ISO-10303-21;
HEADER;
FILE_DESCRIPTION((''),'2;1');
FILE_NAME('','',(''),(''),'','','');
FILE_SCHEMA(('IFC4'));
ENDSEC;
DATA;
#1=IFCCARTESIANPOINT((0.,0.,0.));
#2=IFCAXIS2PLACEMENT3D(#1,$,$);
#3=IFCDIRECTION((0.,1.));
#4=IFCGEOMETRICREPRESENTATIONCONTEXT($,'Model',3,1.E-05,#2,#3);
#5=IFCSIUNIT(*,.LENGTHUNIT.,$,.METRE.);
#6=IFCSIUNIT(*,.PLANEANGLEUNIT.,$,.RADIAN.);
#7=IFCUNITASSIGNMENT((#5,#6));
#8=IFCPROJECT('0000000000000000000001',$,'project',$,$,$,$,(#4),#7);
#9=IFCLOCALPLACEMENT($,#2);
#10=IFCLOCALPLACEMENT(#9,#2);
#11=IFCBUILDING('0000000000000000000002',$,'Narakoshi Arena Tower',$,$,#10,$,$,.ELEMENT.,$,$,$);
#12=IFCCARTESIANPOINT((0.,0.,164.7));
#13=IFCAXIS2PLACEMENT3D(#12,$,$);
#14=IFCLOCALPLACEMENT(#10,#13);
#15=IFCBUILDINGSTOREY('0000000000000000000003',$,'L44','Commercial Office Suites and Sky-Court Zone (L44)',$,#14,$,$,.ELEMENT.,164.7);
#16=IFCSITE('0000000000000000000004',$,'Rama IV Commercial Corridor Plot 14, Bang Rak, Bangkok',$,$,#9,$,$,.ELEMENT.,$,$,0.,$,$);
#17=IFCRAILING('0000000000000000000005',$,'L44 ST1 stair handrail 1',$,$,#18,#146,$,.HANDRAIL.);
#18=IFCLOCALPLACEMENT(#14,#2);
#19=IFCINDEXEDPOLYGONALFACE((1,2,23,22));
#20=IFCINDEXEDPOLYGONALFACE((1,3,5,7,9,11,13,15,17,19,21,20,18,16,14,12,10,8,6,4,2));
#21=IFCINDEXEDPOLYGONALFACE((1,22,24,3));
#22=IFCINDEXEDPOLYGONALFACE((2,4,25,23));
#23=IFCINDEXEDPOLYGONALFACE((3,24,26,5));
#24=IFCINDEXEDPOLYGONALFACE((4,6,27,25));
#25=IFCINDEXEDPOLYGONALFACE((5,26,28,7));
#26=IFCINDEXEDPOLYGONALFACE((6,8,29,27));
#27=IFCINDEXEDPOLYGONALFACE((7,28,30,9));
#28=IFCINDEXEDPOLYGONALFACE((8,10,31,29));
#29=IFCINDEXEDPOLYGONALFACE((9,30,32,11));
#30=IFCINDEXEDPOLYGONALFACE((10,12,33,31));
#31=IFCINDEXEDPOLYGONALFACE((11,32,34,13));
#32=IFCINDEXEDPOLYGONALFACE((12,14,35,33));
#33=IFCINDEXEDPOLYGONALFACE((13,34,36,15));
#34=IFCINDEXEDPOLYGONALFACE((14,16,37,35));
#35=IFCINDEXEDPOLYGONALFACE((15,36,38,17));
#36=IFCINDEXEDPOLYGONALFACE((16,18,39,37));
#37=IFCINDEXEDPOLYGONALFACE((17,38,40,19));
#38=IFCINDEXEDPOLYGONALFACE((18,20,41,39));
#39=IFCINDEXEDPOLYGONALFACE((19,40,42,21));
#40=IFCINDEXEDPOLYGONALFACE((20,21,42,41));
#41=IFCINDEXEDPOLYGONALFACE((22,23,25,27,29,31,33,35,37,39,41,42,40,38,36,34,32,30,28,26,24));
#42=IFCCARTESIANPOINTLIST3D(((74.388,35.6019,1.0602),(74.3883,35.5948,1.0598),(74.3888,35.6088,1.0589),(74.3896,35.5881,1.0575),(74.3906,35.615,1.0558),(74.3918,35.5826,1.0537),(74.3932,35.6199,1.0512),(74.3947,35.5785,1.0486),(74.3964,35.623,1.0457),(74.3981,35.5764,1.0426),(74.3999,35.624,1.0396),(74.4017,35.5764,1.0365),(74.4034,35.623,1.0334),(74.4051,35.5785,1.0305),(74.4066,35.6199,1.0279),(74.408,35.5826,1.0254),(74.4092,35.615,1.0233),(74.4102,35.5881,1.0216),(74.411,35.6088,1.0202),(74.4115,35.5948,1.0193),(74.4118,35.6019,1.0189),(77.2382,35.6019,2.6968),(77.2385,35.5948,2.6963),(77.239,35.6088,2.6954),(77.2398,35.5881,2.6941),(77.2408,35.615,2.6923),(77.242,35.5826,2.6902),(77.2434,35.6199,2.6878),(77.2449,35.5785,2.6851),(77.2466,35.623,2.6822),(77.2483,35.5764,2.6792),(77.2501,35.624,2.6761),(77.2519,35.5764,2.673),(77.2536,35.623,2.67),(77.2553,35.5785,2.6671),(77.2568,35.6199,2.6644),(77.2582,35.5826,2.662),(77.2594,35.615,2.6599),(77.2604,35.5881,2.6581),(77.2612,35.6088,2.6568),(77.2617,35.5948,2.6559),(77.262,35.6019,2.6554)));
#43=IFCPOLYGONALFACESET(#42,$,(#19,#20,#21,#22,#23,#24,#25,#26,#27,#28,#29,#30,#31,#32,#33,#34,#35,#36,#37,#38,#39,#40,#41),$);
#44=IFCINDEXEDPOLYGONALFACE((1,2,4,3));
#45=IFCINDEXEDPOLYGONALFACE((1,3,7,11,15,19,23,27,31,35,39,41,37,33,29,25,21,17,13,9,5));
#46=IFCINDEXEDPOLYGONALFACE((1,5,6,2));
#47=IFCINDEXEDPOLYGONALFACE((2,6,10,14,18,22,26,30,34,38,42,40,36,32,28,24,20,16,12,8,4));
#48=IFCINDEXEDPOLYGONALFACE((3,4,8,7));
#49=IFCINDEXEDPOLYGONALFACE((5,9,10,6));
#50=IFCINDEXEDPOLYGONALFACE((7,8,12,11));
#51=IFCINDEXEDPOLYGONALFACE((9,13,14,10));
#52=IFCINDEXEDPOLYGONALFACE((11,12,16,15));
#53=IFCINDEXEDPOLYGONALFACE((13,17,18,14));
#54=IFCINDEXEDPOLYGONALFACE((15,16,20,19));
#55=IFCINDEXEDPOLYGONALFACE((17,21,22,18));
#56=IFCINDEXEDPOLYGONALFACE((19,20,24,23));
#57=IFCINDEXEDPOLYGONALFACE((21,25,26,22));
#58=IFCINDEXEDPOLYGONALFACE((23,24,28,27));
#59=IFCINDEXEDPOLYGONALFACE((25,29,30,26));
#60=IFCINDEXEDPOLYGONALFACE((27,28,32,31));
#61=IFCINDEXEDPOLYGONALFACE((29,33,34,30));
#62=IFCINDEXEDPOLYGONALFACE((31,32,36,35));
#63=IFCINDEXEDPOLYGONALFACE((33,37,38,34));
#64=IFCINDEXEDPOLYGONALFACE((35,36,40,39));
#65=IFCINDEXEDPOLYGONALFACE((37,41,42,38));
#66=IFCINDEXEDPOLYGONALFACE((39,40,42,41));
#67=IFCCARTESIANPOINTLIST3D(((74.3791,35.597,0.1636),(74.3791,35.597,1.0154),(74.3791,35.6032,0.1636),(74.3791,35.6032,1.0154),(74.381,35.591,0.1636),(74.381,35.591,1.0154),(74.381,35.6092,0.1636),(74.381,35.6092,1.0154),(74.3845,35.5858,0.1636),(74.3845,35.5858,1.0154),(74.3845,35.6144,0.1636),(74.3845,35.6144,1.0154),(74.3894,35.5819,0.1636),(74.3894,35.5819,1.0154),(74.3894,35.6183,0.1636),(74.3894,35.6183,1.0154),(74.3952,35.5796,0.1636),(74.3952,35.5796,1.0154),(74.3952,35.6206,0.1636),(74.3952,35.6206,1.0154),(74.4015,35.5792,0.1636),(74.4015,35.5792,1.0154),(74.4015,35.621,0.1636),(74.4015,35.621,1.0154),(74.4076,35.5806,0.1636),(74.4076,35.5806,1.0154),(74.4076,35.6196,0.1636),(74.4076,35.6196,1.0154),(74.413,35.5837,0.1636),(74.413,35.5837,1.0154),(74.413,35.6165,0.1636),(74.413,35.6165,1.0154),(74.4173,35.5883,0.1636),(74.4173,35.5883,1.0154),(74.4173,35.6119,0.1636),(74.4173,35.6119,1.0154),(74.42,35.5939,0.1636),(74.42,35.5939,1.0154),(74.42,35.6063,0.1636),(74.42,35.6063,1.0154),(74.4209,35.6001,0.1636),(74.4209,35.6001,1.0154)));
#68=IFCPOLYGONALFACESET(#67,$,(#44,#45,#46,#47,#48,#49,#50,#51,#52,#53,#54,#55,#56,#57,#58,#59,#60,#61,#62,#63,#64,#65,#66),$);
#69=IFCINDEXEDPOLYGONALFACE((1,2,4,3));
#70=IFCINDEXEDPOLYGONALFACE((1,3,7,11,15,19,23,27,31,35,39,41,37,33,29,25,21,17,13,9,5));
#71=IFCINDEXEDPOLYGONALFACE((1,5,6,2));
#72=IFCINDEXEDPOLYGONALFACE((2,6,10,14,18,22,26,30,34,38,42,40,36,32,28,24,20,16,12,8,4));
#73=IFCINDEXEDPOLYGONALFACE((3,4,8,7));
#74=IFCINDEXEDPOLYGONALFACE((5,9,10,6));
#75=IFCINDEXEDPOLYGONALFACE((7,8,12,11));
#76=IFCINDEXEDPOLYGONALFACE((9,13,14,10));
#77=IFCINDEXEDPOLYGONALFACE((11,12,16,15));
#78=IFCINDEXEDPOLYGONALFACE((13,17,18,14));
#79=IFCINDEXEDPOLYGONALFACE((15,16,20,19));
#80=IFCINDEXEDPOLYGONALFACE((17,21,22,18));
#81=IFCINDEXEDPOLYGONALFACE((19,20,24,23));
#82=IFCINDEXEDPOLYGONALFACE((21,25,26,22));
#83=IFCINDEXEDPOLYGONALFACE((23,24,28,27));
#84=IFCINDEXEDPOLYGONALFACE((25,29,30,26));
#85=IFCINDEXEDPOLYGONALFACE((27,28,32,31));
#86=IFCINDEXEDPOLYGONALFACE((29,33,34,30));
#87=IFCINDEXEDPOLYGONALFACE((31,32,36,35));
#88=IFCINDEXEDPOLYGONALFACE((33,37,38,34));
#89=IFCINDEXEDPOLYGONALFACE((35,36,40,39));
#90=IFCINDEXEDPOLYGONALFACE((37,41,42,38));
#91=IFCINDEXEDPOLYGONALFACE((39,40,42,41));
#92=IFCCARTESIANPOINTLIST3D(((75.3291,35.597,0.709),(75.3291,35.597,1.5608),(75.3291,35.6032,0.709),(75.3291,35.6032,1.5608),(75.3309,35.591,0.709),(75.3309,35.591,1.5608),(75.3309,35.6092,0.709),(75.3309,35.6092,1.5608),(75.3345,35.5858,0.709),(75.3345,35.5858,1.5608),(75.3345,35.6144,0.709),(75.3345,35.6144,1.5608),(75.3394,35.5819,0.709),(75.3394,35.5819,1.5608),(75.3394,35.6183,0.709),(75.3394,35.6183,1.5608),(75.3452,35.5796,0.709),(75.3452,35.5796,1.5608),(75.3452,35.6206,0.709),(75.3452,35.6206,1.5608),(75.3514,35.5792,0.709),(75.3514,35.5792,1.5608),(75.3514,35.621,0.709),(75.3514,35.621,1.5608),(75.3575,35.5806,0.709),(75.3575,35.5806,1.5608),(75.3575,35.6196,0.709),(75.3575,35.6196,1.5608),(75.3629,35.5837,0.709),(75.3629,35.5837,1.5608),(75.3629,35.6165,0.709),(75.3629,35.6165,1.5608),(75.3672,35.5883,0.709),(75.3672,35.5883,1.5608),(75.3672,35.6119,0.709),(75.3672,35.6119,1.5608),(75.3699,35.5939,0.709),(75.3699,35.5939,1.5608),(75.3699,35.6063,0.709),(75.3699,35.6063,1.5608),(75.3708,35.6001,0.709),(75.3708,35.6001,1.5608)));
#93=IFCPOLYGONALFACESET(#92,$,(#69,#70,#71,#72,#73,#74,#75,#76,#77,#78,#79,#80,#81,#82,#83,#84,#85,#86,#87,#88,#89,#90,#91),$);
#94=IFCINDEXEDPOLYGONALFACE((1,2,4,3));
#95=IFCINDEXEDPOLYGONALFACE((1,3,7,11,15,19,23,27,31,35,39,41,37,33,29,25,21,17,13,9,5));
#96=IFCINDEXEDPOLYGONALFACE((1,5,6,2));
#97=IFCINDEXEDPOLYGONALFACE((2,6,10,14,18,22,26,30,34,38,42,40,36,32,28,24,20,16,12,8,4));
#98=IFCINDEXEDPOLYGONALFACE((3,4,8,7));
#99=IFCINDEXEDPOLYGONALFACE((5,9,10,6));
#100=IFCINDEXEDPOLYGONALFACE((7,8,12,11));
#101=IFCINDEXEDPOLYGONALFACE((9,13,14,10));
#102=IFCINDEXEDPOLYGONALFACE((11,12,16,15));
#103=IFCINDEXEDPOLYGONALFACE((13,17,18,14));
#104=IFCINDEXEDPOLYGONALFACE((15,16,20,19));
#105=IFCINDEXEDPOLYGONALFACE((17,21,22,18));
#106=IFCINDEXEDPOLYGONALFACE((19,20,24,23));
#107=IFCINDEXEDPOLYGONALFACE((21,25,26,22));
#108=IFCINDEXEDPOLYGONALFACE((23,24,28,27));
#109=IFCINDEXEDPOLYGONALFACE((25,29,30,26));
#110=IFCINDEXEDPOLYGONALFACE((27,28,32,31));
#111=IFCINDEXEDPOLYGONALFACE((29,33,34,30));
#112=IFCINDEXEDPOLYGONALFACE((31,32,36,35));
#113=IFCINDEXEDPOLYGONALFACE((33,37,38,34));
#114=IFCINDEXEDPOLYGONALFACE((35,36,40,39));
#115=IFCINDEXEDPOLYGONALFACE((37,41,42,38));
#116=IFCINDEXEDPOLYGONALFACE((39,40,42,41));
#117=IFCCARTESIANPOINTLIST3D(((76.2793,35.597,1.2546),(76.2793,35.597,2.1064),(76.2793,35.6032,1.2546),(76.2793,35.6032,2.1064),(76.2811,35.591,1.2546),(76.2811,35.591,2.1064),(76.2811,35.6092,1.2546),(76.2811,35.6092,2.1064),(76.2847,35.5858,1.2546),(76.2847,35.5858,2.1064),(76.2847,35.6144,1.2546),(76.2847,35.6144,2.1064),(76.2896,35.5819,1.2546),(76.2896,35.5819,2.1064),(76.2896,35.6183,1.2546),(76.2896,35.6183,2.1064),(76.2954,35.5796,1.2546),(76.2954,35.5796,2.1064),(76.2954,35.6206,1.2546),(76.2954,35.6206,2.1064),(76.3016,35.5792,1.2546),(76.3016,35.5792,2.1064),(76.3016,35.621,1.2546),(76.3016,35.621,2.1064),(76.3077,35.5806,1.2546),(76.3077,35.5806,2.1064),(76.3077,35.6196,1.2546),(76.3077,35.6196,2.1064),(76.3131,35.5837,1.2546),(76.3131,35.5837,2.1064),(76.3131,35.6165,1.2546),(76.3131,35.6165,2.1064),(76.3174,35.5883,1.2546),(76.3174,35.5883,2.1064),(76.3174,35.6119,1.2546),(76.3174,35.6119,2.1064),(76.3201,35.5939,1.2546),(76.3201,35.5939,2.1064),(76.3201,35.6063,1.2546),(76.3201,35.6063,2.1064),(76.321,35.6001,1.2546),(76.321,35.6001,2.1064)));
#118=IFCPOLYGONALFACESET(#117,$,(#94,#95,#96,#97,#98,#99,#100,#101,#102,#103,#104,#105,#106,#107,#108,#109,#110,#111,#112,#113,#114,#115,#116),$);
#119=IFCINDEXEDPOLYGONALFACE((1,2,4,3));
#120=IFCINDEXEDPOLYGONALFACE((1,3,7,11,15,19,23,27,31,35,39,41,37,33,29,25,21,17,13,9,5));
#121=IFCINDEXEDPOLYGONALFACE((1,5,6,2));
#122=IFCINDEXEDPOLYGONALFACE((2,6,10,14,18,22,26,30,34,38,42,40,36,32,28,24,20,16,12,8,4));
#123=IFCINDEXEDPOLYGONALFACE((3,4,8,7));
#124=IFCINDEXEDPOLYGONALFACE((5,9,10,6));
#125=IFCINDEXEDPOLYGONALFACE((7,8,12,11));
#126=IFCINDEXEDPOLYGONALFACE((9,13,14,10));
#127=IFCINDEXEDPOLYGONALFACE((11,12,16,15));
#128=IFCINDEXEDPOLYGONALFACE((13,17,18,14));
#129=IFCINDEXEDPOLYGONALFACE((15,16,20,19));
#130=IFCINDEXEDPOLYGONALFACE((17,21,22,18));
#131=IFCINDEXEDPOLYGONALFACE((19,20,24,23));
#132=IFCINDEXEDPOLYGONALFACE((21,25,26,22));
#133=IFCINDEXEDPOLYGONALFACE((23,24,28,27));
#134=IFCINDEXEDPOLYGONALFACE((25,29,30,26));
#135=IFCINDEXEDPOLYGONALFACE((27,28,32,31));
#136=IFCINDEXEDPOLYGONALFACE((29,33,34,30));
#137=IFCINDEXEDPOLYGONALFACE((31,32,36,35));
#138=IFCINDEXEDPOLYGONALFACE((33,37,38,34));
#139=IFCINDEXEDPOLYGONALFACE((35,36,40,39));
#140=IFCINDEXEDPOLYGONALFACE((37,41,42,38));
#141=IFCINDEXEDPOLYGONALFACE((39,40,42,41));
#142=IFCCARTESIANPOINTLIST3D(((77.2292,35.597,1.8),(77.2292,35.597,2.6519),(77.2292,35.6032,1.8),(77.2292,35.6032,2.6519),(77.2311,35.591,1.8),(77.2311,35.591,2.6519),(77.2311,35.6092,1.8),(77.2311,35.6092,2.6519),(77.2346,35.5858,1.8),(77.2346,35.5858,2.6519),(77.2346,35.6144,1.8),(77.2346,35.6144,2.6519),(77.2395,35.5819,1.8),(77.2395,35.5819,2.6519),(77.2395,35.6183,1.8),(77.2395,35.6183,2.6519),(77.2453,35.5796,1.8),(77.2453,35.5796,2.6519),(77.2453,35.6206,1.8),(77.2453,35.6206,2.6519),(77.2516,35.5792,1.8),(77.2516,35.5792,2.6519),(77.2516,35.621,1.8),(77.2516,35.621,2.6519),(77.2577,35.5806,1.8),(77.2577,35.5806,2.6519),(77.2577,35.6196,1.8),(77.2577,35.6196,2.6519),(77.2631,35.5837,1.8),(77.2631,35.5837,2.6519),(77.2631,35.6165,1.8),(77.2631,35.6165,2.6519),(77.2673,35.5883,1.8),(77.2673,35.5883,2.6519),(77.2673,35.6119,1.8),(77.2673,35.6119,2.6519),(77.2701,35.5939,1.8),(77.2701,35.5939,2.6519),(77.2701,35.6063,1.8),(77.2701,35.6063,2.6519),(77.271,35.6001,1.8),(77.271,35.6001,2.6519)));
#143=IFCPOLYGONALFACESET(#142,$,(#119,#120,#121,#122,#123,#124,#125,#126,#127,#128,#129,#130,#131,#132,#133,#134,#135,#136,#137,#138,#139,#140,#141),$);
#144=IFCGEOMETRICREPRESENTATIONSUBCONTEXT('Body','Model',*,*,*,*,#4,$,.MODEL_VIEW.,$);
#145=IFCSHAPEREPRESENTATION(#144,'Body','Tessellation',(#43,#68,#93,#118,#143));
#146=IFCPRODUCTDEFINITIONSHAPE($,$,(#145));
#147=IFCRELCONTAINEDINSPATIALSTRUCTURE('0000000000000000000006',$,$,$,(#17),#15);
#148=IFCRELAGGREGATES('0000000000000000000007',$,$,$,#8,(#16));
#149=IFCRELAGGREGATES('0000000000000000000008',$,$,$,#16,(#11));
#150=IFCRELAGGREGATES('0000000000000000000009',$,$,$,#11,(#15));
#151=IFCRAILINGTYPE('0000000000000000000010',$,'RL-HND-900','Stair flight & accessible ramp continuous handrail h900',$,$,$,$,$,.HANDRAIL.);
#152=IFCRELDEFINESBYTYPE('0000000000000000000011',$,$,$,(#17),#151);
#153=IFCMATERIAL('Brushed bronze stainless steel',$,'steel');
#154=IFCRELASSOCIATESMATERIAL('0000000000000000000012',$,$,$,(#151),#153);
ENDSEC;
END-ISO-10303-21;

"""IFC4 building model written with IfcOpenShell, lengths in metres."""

from ifc_helpers import new_model, si_unit, direction, frame, origin, origin_2d, place, context, subcontext, project, spatial, circle, extrude, material, type_object, element, save


model = new_model("IFC4")

# Units and contexts
model_context = context("Model", 3, precision=1e-05, world=origin(), true_north=direction((0.0, 1.0)))
body_context = subcontext(model_context, "Body", "Model", "MODEL_VIEW")
ifc_project = project(units=[si_unit("LENGTHUNIT", "METRE"), si_unit("PLANEANGLEUNIT", "RADIAN")], contexts=[model_context])

# Site, building, storey
site_placement = place(None, origin())
site = spatial("IfcSite", under=ifc_project, at=site_placement, Name="Rama IV Commercial Corridor Plot 14, Bang Rak, Bangkok", CompositionType="ELEMENT", RefElevation=0.0)
building_placement = place(site_placement, origin())
building = spatial("IfcBuilding", under=site, at=building_placement, Name="Narakoshi Arena Tower", CompositionType="ELEMENT")
storey_placement = place(building_placement, frame((0.0, 0.0, 164.7)))
storey = spatial("IfcBuildingStorey", under=building, at=storey_placement, Name="L44", Description="Commercial Office Suites and Sky-Court Zone (L44)", CompositionType="ELEMENT", Elevation=164.7)

# Railing
ifc_material_1 = material(Name="Brushed bronze stainless steel", Category="steel")
railing_type_1 = type_object("IfcRailingType", Name="RL-HND-900", Description="Stair flight & accessible ramp continuous handrail h900", PredefinedType="HANDRAIL", material=ifc_material_1)
railing_1_placement = place(storey_placement, frame((74.3999, 35.6001, 0.1636)))
element("IfcRailing", 1, at=railing_1_placement, inside=storey, type_object=railing_type_1, Name="L44 ST1 stair handrail 1", PredefinedType="HANDRAIL", context=body_context, shape_type="SweptSolid", body=[
    extrude(circle(Radius=0.0239, at=origin_2d()), frame((0.0, 0.0, 0.876), z_axis=(0.867213, 0.0, 0.497938), x_axis=(0.0, 1.0, 0.0)), (0.0, 0.0, 1.0), 3.2866),
    extrude(circle(Radius=0.021, at=origin_2d()), origin(), (0.0, 0.0, 1.0), 0.8518),
    extrude(circle(Radius=0.021, at=origin_2d()), frame((0.95, 0.0, 0.5454)), (0.0, 0.0, 1.0), 0.8518),
    extrude(circle(Radius=0.021, at=origin_2d()), frame((1.9001, 0.0, 1.0911)), (0.0, 0.0, 1.0), 0.8518),
    extrude(circle(Radius=0.021, at=origin_2d()), frame((2.8501, 0.0, 1.6365)), (0.0, 0.0, 1.0), 0.8518),
])

save(model, "model.ifc")
